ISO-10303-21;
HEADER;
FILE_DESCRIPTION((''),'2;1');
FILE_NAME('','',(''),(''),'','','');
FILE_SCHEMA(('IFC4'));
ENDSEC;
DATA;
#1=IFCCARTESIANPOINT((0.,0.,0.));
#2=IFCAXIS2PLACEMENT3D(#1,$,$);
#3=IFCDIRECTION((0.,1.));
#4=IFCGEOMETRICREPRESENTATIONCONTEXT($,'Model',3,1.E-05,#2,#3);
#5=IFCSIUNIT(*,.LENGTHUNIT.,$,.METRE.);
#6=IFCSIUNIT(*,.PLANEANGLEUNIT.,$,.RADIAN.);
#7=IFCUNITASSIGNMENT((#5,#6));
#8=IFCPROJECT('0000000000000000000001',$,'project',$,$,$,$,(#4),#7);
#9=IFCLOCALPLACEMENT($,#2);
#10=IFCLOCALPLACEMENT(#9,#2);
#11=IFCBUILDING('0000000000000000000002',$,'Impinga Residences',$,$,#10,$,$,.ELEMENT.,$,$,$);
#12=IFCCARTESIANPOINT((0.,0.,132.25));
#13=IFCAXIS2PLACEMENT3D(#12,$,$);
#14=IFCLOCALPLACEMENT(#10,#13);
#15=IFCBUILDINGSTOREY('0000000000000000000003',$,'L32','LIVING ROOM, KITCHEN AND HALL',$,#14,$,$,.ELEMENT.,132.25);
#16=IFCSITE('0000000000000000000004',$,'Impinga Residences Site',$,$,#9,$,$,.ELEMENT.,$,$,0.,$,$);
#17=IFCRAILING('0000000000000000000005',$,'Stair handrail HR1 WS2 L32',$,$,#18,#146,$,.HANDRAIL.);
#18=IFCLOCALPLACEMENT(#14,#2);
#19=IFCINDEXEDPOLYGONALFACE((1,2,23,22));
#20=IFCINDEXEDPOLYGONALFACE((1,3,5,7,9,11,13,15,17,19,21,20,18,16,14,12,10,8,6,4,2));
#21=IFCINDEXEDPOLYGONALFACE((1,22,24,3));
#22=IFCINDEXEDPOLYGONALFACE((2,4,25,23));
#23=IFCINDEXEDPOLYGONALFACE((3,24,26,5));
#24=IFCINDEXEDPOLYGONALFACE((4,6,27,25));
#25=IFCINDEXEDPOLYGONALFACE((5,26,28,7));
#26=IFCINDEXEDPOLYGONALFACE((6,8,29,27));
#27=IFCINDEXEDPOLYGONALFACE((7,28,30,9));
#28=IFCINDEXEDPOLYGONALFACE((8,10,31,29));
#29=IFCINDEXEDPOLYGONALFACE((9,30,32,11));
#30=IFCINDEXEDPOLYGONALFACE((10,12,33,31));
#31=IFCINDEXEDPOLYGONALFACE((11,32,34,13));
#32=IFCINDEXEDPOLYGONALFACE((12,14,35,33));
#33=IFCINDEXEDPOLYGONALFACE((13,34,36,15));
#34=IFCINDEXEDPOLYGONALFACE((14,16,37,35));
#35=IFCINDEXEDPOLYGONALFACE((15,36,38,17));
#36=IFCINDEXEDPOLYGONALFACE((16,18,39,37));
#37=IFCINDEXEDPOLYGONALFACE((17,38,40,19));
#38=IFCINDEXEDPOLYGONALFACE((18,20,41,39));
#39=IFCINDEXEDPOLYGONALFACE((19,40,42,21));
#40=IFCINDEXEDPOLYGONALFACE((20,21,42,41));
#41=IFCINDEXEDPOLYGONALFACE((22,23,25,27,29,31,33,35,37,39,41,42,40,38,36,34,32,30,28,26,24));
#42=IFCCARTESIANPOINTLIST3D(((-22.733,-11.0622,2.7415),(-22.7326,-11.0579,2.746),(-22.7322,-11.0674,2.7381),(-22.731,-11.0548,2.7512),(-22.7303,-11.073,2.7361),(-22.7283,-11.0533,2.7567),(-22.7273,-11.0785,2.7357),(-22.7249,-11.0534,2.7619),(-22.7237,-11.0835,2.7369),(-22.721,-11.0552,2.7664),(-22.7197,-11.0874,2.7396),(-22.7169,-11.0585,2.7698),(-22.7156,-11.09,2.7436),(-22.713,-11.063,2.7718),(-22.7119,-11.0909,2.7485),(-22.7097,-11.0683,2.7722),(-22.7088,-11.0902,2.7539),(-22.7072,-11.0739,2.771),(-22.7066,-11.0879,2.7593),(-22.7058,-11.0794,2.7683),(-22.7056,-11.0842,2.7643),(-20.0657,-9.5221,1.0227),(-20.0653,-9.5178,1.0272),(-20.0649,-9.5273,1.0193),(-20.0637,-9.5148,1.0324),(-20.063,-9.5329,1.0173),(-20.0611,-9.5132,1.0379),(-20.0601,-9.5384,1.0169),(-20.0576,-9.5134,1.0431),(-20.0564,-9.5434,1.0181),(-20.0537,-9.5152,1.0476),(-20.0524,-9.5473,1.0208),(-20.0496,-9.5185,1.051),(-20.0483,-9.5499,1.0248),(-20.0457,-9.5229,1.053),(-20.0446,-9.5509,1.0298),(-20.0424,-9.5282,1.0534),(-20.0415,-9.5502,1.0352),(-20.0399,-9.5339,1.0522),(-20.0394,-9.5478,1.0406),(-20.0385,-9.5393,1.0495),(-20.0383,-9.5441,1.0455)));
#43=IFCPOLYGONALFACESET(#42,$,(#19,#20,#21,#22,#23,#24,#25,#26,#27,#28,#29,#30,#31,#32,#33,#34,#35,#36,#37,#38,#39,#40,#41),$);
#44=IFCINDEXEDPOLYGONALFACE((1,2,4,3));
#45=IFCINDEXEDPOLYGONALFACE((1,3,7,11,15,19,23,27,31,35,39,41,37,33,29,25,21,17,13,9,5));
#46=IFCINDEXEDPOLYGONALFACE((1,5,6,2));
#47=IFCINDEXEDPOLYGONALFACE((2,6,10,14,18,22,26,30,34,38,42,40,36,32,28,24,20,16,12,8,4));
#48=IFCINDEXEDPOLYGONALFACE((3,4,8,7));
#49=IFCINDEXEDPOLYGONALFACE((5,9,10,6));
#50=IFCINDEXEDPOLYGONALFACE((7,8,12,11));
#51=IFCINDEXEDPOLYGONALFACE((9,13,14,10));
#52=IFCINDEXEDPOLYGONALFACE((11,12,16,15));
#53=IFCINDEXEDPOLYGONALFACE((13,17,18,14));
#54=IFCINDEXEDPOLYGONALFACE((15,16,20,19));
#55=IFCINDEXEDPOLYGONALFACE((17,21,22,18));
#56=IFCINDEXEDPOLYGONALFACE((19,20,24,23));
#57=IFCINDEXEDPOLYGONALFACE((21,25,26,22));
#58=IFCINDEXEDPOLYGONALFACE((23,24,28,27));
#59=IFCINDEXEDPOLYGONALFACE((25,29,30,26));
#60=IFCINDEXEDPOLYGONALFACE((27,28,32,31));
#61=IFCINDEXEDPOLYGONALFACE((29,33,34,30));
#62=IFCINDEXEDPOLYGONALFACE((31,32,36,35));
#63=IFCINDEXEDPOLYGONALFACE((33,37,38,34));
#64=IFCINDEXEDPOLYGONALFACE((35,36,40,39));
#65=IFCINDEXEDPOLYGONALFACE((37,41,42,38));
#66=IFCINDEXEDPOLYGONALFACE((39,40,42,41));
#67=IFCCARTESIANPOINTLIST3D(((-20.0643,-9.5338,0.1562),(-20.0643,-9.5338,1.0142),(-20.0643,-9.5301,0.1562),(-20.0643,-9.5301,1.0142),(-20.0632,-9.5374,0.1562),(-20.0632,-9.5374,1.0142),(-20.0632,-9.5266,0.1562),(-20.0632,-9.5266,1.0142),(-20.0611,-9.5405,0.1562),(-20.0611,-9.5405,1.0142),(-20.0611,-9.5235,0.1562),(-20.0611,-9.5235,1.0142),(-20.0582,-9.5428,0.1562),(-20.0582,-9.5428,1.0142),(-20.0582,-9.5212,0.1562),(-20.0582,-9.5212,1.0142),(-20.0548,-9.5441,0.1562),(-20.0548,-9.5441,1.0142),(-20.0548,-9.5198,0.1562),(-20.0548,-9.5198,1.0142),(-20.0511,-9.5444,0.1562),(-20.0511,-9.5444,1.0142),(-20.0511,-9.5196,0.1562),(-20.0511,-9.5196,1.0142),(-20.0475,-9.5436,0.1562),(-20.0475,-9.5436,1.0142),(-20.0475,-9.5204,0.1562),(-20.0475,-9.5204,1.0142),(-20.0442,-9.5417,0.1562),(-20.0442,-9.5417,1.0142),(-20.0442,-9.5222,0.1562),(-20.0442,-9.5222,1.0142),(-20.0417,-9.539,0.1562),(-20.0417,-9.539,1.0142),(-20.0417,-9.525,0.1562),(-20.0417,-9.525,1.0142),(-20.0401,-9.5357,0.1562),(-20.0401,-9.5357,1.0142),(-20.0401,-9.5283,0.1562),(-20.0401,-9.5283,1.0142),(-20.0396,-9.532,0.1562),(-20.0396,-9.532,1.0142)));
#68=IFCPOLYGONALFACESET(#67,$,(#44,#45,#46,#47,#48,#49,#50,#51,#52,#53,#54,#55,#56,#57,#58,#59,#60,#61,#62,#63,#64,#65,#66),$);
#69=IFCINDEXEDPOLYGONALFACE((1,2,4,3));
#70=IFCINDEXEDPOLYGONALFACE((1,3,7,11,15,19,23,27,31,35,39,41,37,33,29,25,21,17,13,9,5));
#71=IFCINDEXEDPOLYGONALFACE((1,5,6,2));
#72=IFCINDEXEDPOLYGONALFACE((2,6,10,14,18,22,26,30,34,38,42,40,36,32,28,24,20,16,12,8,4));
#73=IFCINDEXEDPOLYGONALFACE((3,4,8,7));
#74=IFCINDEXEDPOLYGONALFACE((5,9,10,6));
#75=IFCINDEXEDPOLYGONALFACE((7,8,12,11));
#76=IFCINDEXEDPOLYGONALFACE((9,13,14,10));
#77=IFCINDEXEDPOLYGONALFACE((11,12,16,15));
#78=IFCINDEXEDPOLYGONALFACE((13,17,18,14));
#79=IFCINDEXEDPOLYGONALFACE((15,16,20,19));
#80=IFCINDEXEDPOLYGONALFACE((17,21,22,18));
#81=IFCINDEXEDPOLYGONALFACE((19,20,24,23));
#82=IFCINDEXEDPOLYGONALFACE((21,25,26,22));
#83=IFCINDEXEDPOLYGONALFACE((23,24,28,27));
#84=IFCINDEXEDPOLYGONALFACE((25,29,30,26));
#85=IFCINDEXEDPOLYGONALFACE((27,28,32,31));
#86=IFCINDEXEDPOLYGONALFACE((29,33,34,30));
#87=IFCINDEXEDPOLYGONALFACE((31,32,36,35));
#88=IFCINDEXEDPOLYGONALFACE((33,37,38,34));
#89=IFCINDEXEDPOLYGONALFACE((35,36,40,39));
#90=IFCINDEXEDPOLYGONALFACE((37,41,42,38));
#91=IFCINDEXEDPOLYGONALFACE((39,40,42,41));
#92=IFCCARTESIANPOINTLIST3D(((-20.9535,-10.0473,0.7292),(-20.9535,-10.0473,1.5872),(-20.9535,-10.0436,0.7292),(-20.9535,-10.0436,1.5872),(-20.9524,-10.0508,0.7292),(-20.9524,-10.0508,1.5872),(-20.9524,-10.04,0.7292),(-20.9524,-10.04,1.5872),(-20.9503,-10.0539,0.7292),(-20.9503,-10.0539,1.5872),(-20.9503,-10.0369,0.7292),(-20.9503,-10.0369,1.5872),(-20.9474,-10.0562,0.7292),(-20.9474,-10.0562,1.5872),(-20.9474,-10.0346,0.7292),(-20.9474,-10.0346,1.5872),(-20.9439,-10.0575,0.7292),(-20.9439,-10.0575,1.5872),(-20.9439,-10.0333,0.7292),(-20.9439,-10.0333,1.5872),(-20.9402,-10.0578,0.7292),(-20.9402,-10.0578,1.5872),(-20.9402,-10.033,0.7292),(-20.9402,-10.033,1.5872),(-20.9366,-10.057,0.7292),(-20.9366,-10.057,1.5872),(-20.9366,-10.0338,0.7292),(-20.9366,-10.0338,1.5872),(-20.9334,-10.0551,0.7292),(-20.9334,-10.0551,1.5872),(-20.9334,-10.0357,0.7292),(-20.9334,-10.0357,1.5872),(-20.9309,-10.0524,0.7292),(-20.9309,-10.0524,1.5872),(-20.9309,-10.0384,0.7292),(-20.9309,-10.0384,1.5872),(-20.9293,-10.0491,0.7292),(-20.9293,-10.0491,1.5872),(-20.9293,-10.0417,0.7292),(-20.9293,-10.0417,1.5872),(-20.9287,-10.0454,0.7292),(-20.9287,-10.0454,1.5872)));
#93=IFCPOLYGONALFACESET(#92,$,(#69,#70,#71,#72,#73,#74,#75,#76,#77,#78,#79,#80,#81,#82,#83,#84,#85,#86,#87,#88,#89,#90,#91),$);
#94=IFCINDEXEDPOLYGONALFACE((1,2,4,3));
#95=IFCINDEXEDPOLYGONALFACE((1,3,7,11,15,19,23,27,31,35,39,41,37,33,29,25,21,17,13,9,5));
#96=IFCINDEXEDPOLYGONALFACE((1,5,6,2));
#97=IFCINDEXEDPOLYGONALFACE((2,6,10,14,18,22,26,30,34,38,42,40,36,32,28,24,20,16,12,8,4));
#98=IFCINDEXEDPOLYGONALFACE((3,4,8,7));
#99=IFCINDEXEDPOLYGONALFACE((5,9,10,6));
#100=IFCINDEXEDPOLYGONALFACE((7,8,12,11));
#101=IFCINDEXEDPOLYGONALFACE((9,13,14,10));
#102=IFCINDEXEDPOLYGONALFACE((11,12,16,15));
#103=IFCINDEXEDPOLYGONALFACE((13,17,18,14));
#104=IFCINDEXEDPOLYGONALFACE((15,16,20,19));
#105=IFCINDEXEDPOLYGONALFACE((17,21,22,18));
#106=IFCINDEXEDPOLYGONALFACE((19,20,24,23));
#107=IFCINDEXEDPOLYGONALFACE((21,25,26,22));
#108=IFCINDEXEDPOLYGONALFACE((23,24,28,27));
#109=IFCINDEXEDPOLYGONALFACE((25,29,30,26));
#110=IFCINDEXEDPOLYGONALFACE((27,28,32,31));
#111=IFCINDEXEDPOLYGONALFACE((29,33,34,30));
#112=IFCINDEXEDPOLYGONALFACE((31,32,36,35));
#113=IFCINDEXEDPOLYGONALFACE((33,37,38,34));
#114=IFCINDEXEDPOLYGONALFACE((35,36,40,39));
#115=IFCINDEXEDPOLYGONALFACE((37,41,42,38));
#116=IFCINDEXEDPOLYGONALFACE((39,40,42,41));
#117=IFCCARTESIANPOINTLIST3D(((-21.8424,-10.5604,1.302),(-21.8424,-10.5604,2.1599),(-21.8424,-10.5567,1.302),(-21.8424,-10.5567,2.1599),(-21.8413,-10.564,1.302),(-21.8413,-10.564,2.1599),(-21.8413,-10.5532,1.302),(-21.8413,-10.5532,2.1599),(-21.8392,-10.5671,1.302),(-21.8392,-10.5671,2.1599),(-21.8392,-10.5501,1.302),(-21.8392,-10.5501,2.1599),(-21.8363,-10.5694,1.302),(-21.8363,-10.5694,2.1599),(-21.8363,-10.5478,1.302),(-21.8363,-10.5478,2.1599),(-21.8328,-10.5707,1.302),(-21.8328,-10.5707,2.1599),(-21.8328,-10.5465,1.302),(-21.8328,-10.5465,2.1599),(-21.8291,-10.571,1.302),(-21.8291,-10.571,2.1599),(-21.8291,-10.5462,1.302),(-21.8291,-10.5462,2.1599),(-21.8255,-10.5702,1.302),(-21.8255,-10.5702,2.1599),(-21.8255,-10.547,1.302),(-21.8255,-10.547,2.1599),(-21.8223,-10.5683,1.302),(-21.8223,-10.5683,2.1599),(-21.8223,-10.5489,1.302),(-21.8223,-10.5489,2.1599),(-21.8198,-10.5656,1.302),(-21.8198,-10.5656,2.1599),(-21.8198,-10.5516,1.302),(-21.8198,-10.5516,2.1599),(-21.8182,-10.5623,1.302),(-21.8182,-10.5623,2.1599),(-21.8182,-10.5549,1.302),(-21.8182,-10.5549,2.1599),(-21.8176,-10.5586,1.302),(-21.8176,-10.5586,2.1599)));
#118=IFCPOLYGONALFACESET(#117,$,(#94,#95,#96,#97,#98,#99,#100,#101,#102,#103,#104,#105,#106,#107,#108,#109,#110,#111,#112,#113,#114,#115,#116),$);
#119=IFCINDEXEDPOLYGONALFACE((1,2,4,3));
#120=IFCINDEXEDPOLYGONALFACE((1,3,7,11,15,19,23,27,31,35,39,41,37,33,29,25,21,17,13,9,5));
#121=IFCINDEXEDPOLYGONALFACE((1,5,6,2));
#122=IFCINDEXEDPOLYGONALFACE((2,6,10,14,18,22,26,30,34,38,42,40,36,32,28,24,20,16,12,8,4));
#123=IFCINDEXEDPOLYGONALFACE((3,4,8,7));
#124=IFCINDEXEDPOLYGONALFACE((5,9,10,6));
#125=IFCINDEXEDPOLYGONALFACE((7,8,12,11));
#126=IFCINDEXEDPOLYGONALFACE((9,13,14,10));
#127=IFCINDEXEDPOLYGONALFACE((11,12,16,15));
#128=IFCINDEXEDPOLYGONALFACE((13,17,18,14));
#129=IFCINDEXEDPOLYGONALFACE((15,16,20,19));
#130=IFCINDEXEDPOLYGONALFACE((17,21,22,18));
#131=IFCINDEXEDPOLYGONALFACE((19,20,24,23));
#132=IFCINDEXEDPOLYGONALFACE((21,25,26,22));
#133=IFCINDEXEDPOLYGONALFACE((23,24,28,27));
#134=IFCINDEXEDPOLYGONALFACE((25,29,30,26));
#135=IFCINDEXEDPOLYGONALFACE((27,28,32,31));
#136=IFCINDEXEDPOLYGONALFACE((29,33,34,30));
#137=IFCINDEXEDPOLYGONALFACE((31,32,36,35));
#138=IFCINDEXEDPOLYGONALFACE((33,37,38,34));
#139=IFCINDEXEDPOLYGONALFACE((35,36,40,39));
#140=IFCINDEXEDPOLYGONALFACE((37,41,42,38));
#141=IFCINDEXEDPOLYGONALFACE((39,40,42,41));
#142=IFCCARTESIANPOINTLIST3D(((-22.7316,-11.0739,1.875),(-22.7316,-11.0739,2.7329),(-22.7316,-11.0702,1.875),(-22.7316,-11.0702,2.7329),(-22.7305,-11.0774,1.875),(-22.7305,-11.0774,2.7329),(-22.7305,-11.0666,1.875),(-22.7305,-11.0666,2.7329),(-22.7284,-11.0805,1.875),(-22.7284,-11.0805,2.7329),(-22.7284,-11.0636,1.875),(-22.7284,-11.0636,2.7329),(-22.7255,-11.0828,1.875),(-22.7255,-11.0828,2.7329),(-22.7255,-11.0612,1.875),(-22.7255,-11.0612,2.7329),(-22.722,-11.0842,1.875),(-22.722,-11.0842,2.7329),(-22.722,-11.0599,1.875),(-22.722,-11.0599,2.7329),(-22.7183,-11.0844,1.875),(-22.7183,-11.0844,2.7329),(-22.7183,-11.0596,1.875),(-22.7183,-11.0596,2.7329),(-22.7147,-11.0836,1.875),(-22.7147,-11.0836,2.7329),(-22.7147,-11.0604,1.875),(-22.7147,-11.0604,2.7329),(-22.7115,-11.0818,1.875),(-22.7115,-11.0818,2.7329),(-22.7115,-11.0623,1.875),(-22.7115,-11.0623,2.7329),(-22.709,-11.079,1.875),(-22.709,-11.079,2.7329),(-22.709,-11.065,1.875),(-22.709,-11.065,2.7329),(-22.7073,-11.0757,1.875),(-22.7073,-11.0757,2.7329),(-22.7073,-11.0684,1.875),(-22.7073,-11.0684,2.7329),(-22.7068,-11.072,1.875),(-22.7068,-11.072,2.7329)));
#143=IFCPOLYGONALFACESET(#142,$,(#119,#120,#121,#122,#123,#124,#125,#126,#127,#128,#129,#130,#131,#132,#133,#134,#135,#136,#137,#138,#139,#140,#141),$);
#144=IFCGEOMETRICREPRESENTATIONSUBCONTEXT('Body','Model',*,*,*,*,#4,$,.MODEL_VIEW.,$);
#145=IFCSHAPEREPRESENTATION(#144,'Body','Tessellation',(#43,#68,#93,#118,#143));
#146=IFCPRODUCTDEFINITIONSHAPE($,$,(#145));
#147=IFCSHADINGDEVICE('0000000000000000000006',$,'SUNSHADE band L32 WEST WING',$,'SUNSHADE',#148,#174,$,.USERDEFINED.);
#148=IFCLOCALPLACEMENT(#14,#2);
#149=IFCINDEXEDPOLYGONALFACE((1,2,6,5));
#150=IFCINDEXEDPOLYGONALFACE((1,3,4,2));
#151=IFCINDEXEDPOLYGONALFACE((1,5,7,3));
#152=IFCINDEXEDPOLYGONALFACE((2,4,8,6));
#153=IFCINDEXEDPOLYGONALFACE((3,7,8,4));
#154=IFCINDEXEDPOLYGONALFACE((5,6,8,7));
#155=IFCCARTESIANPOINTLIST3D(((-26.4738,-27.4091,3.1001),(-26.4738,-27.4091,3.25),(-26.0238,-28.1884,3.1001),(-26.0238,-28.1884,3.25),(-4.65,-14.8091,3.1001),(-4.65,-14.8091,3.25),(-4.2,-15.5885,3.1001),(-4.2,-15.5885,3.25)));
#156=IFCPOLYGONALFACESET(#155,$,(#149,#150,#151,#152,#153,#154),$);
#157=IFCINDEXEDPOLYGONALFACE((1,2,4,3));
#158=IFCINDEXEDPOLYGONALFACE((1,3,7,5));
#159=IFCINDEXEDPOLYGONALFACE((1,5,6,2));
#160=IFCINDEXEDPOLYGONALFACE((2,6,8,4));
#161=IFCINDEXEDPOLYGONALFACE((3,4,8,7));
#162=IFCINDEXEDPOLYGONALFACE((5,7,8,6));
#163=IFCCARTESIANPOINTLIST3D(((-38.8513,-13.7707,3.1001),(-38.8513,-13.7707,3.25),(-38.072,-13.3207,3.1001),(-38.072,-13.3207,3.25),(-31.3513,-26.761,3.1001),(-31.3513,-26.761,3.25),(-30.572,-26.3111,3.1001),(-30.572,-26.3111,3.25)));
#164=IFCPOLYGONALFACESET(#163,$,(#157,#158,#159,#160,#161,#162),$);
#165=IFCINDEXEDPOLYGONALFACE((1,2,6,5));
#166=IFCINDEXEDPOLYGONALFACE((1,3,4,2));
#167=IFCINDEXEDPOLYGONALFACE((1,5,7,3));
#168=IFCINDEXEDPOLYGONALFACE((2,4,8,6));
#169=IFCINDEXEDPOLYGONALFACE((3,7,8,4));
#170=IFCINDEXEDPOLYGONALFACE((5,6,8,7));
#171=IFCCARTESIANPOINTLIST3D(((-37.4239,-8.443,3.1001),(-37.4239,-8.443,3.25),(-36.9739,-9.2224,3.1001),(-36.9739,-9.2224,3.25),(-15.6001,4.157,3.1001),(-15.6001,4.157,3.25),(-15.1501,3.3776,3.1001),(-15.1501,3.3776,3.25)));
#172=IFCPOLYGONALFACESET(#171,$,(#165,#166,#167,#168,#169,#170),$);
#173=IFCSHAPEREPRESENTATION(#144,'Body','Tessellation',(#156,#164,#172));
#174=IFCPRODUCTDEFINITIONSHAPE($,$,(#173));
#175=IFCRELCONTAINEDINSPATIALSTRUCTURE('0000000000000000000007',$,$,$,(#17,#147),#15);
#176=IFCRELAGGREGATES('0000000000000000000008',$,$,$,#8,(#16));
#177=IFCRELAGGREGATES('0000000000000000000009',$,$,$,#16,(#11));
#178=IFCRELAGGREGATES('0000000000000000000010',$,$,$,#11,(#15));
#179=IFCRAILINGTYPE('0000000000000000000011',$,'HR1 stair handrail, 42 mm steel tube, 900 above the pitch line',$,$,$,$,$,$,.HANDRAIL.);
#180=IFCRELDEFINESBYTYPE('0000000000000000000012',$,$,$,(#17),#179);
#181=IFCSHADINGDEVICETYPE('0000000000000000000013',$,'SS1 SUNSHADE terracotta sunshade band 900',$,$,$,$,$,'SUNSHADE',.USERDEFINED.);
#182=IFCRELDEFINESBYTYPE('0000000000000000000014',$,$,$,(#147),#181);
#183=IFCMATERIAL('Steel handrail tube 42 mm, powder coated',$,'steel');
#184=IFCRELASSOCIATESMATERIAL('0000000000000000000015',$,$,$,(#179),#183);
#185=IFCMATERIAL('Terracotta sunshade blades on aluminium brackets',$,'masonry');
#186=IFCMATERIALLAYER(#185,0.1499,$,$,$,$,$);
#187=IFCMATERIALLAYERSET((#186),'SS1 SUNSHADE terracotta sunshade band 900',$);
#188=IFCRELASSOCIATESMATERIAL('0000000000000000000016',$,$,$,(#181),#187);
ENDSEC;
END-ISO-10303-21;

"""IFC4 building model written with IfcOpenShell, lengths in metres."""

from ifc_helpers import new_model, si_unit, direction, frame, origin, origin_2d, place, context, subcontext, project, spatial, rectangle, circle, extrude, material, layer, layer_set, type_object, element, save


model = new_model("IFC4")

# Units and contexts
model_context = context("Model", 3, precision=1e-05, world=origin(), true_north=direction((0.0, 1.0)))
body_context = subcontext(model_context, "Body", "Model", "MODEL_VIEW")
ifc_project = project(units=[si_unit("LENGTHUNIT", "METRE"), si_unit("PLANEANGLEUNIT", "RADIAN")], contexts=[model_context])

# Site, building, storey
site_placement = place(None, origin())
site = spatial("IfcSite", under=ifc_project, at=site_placement, Name="Impinga Residences Site", CompositionType="ELEMENT", RefElevation=0.0)
building_placement = place(site_placement, origin())
building = spatial("IfcBuilding", under=site, at=building_placement, Name="Impinga Residences", CompositionType="ELEMENT")
storey_placement = place(building_placement, frame((0.0, 0.0, 132.25)))
storey = spatial("IfcBuildingStorey", under=building, at=storey_placement, Name="L32", Description="LIVING ROOM, KITCHEN AND HALL", CompositionType="ELEMENT", Elevation=132.25)

# Railing
ifc_material_1 = material(Name="Steel handrail tube 42 mm, powder coated", Category="steel")
railing_type = type_object("IfcRailingType", Name="HR1 stair handrail, 42 mm steel tube, 900 above the pitch line", PredefinedType="HANDRAIL", material=ifc_material_1)
railing_placement = place(storey_placement, frame((-20.052, -9.532, 0.1562)))
element("IfcRailing", 1, at=railing_placement, inside=storey, type_object=railing_type, Name="Stair handrail HR1 WS2 L32", PredefinedType="HANDRAIL", context=body_context, shape_type="SweptSolid", body=[
    extrude(circle(Radius=0.021, at=origin_2d()), frame((0.0, 0.0, 0.8789), z_axis=(-0.756226, -0.436639, 0.487307), x_axis=(0.500027, -0.86601, 0.0)), (0.0, 0.0, 1.0), 3.5271),
    extrude(circle(Radius=0.0125, at=origin_2d()), origin(), (0.0, 0.0, 1.0), 0.8579),
    extrude(circle(Radius=0.0125, at=origin_2d()), frame((-0.8892, -0.5134, 0.573)), (0.0, 0.0, 1.0), 0.8579),
    extrude(circle(Radius=0.0125, at=origin_2d()), frame((-1.7781, -1.0266, 1.1458)), (0.0, 0.0, 1.0), 0.8579),
    extrude(circle(Radius=0.0125, at=origin_2d()), frame((-2.6672, -1.54, 1.7188)), (0.0, 0.0, 1.0), 0.8579),
])

# Shading device
ifc_material_2 = material(Name="Terracotta sunshade blades on aluminium brackets", Category="masonry")
ifc_layer_1 = layer(ifc_material_2, 0.1499)
ifc_layer_set_1 = layer_set([ifc_layer_1], Name="SS1 SUNSHADE terracotta sunshade band 900")
shading_device_type = type_object("IfcShadingDeviceType", Name="SS1 SUNSHADE terracotta sunshade band 900", ElementType="SUNSHADE", PredefinedType="USERDEFINED", material=ifc_layer_set_1)
shading_device_placement = place(storey_placement, frame((-15.3369, -21.4988, 3.1001), z_axis=(0.0, 0.0, 1.0), x_axis=(-0.866025, -0.5, 0.0)))
element("IfcShadingDevice", 2, at=shading_device_placement, inside=storey, type_object=shading_device_type, Name="SUNSHADE band L32 WEST WING", ObjectType="SUNSHADE", PredefinedType="USERDEFINED", context=body_context, shape_type="SweptSolid", body=[
    extrude(rectangle(XDim=25.2, YDim=0.8999, at=origin_2d()), origin(), (0.0, 0.0, 1.0), 0.1499),
    extrude(rectangle(XDim=15.0, YDim=0.8999, at=origin_2d()), frame((16.05, -10.95, 0.0), z_axis=(0.0, 0.0, 1.0), x_axis=(0.0, -1.0, 0.0)), (0.0, 0.0, 1.0), 0.1499),
    extrude(rectangle(XDim=25.2, YDim=0.8999, at=origin_2d()), frame((0.0, -21.9001, 0.0), z_axis=(0.0, 0.0, 1.0), x_axis=(-1.0, 0.0, 0.0)), (0.0, 0.0, 1.0), 0.1499),
])

save(model, "model.ifc")
